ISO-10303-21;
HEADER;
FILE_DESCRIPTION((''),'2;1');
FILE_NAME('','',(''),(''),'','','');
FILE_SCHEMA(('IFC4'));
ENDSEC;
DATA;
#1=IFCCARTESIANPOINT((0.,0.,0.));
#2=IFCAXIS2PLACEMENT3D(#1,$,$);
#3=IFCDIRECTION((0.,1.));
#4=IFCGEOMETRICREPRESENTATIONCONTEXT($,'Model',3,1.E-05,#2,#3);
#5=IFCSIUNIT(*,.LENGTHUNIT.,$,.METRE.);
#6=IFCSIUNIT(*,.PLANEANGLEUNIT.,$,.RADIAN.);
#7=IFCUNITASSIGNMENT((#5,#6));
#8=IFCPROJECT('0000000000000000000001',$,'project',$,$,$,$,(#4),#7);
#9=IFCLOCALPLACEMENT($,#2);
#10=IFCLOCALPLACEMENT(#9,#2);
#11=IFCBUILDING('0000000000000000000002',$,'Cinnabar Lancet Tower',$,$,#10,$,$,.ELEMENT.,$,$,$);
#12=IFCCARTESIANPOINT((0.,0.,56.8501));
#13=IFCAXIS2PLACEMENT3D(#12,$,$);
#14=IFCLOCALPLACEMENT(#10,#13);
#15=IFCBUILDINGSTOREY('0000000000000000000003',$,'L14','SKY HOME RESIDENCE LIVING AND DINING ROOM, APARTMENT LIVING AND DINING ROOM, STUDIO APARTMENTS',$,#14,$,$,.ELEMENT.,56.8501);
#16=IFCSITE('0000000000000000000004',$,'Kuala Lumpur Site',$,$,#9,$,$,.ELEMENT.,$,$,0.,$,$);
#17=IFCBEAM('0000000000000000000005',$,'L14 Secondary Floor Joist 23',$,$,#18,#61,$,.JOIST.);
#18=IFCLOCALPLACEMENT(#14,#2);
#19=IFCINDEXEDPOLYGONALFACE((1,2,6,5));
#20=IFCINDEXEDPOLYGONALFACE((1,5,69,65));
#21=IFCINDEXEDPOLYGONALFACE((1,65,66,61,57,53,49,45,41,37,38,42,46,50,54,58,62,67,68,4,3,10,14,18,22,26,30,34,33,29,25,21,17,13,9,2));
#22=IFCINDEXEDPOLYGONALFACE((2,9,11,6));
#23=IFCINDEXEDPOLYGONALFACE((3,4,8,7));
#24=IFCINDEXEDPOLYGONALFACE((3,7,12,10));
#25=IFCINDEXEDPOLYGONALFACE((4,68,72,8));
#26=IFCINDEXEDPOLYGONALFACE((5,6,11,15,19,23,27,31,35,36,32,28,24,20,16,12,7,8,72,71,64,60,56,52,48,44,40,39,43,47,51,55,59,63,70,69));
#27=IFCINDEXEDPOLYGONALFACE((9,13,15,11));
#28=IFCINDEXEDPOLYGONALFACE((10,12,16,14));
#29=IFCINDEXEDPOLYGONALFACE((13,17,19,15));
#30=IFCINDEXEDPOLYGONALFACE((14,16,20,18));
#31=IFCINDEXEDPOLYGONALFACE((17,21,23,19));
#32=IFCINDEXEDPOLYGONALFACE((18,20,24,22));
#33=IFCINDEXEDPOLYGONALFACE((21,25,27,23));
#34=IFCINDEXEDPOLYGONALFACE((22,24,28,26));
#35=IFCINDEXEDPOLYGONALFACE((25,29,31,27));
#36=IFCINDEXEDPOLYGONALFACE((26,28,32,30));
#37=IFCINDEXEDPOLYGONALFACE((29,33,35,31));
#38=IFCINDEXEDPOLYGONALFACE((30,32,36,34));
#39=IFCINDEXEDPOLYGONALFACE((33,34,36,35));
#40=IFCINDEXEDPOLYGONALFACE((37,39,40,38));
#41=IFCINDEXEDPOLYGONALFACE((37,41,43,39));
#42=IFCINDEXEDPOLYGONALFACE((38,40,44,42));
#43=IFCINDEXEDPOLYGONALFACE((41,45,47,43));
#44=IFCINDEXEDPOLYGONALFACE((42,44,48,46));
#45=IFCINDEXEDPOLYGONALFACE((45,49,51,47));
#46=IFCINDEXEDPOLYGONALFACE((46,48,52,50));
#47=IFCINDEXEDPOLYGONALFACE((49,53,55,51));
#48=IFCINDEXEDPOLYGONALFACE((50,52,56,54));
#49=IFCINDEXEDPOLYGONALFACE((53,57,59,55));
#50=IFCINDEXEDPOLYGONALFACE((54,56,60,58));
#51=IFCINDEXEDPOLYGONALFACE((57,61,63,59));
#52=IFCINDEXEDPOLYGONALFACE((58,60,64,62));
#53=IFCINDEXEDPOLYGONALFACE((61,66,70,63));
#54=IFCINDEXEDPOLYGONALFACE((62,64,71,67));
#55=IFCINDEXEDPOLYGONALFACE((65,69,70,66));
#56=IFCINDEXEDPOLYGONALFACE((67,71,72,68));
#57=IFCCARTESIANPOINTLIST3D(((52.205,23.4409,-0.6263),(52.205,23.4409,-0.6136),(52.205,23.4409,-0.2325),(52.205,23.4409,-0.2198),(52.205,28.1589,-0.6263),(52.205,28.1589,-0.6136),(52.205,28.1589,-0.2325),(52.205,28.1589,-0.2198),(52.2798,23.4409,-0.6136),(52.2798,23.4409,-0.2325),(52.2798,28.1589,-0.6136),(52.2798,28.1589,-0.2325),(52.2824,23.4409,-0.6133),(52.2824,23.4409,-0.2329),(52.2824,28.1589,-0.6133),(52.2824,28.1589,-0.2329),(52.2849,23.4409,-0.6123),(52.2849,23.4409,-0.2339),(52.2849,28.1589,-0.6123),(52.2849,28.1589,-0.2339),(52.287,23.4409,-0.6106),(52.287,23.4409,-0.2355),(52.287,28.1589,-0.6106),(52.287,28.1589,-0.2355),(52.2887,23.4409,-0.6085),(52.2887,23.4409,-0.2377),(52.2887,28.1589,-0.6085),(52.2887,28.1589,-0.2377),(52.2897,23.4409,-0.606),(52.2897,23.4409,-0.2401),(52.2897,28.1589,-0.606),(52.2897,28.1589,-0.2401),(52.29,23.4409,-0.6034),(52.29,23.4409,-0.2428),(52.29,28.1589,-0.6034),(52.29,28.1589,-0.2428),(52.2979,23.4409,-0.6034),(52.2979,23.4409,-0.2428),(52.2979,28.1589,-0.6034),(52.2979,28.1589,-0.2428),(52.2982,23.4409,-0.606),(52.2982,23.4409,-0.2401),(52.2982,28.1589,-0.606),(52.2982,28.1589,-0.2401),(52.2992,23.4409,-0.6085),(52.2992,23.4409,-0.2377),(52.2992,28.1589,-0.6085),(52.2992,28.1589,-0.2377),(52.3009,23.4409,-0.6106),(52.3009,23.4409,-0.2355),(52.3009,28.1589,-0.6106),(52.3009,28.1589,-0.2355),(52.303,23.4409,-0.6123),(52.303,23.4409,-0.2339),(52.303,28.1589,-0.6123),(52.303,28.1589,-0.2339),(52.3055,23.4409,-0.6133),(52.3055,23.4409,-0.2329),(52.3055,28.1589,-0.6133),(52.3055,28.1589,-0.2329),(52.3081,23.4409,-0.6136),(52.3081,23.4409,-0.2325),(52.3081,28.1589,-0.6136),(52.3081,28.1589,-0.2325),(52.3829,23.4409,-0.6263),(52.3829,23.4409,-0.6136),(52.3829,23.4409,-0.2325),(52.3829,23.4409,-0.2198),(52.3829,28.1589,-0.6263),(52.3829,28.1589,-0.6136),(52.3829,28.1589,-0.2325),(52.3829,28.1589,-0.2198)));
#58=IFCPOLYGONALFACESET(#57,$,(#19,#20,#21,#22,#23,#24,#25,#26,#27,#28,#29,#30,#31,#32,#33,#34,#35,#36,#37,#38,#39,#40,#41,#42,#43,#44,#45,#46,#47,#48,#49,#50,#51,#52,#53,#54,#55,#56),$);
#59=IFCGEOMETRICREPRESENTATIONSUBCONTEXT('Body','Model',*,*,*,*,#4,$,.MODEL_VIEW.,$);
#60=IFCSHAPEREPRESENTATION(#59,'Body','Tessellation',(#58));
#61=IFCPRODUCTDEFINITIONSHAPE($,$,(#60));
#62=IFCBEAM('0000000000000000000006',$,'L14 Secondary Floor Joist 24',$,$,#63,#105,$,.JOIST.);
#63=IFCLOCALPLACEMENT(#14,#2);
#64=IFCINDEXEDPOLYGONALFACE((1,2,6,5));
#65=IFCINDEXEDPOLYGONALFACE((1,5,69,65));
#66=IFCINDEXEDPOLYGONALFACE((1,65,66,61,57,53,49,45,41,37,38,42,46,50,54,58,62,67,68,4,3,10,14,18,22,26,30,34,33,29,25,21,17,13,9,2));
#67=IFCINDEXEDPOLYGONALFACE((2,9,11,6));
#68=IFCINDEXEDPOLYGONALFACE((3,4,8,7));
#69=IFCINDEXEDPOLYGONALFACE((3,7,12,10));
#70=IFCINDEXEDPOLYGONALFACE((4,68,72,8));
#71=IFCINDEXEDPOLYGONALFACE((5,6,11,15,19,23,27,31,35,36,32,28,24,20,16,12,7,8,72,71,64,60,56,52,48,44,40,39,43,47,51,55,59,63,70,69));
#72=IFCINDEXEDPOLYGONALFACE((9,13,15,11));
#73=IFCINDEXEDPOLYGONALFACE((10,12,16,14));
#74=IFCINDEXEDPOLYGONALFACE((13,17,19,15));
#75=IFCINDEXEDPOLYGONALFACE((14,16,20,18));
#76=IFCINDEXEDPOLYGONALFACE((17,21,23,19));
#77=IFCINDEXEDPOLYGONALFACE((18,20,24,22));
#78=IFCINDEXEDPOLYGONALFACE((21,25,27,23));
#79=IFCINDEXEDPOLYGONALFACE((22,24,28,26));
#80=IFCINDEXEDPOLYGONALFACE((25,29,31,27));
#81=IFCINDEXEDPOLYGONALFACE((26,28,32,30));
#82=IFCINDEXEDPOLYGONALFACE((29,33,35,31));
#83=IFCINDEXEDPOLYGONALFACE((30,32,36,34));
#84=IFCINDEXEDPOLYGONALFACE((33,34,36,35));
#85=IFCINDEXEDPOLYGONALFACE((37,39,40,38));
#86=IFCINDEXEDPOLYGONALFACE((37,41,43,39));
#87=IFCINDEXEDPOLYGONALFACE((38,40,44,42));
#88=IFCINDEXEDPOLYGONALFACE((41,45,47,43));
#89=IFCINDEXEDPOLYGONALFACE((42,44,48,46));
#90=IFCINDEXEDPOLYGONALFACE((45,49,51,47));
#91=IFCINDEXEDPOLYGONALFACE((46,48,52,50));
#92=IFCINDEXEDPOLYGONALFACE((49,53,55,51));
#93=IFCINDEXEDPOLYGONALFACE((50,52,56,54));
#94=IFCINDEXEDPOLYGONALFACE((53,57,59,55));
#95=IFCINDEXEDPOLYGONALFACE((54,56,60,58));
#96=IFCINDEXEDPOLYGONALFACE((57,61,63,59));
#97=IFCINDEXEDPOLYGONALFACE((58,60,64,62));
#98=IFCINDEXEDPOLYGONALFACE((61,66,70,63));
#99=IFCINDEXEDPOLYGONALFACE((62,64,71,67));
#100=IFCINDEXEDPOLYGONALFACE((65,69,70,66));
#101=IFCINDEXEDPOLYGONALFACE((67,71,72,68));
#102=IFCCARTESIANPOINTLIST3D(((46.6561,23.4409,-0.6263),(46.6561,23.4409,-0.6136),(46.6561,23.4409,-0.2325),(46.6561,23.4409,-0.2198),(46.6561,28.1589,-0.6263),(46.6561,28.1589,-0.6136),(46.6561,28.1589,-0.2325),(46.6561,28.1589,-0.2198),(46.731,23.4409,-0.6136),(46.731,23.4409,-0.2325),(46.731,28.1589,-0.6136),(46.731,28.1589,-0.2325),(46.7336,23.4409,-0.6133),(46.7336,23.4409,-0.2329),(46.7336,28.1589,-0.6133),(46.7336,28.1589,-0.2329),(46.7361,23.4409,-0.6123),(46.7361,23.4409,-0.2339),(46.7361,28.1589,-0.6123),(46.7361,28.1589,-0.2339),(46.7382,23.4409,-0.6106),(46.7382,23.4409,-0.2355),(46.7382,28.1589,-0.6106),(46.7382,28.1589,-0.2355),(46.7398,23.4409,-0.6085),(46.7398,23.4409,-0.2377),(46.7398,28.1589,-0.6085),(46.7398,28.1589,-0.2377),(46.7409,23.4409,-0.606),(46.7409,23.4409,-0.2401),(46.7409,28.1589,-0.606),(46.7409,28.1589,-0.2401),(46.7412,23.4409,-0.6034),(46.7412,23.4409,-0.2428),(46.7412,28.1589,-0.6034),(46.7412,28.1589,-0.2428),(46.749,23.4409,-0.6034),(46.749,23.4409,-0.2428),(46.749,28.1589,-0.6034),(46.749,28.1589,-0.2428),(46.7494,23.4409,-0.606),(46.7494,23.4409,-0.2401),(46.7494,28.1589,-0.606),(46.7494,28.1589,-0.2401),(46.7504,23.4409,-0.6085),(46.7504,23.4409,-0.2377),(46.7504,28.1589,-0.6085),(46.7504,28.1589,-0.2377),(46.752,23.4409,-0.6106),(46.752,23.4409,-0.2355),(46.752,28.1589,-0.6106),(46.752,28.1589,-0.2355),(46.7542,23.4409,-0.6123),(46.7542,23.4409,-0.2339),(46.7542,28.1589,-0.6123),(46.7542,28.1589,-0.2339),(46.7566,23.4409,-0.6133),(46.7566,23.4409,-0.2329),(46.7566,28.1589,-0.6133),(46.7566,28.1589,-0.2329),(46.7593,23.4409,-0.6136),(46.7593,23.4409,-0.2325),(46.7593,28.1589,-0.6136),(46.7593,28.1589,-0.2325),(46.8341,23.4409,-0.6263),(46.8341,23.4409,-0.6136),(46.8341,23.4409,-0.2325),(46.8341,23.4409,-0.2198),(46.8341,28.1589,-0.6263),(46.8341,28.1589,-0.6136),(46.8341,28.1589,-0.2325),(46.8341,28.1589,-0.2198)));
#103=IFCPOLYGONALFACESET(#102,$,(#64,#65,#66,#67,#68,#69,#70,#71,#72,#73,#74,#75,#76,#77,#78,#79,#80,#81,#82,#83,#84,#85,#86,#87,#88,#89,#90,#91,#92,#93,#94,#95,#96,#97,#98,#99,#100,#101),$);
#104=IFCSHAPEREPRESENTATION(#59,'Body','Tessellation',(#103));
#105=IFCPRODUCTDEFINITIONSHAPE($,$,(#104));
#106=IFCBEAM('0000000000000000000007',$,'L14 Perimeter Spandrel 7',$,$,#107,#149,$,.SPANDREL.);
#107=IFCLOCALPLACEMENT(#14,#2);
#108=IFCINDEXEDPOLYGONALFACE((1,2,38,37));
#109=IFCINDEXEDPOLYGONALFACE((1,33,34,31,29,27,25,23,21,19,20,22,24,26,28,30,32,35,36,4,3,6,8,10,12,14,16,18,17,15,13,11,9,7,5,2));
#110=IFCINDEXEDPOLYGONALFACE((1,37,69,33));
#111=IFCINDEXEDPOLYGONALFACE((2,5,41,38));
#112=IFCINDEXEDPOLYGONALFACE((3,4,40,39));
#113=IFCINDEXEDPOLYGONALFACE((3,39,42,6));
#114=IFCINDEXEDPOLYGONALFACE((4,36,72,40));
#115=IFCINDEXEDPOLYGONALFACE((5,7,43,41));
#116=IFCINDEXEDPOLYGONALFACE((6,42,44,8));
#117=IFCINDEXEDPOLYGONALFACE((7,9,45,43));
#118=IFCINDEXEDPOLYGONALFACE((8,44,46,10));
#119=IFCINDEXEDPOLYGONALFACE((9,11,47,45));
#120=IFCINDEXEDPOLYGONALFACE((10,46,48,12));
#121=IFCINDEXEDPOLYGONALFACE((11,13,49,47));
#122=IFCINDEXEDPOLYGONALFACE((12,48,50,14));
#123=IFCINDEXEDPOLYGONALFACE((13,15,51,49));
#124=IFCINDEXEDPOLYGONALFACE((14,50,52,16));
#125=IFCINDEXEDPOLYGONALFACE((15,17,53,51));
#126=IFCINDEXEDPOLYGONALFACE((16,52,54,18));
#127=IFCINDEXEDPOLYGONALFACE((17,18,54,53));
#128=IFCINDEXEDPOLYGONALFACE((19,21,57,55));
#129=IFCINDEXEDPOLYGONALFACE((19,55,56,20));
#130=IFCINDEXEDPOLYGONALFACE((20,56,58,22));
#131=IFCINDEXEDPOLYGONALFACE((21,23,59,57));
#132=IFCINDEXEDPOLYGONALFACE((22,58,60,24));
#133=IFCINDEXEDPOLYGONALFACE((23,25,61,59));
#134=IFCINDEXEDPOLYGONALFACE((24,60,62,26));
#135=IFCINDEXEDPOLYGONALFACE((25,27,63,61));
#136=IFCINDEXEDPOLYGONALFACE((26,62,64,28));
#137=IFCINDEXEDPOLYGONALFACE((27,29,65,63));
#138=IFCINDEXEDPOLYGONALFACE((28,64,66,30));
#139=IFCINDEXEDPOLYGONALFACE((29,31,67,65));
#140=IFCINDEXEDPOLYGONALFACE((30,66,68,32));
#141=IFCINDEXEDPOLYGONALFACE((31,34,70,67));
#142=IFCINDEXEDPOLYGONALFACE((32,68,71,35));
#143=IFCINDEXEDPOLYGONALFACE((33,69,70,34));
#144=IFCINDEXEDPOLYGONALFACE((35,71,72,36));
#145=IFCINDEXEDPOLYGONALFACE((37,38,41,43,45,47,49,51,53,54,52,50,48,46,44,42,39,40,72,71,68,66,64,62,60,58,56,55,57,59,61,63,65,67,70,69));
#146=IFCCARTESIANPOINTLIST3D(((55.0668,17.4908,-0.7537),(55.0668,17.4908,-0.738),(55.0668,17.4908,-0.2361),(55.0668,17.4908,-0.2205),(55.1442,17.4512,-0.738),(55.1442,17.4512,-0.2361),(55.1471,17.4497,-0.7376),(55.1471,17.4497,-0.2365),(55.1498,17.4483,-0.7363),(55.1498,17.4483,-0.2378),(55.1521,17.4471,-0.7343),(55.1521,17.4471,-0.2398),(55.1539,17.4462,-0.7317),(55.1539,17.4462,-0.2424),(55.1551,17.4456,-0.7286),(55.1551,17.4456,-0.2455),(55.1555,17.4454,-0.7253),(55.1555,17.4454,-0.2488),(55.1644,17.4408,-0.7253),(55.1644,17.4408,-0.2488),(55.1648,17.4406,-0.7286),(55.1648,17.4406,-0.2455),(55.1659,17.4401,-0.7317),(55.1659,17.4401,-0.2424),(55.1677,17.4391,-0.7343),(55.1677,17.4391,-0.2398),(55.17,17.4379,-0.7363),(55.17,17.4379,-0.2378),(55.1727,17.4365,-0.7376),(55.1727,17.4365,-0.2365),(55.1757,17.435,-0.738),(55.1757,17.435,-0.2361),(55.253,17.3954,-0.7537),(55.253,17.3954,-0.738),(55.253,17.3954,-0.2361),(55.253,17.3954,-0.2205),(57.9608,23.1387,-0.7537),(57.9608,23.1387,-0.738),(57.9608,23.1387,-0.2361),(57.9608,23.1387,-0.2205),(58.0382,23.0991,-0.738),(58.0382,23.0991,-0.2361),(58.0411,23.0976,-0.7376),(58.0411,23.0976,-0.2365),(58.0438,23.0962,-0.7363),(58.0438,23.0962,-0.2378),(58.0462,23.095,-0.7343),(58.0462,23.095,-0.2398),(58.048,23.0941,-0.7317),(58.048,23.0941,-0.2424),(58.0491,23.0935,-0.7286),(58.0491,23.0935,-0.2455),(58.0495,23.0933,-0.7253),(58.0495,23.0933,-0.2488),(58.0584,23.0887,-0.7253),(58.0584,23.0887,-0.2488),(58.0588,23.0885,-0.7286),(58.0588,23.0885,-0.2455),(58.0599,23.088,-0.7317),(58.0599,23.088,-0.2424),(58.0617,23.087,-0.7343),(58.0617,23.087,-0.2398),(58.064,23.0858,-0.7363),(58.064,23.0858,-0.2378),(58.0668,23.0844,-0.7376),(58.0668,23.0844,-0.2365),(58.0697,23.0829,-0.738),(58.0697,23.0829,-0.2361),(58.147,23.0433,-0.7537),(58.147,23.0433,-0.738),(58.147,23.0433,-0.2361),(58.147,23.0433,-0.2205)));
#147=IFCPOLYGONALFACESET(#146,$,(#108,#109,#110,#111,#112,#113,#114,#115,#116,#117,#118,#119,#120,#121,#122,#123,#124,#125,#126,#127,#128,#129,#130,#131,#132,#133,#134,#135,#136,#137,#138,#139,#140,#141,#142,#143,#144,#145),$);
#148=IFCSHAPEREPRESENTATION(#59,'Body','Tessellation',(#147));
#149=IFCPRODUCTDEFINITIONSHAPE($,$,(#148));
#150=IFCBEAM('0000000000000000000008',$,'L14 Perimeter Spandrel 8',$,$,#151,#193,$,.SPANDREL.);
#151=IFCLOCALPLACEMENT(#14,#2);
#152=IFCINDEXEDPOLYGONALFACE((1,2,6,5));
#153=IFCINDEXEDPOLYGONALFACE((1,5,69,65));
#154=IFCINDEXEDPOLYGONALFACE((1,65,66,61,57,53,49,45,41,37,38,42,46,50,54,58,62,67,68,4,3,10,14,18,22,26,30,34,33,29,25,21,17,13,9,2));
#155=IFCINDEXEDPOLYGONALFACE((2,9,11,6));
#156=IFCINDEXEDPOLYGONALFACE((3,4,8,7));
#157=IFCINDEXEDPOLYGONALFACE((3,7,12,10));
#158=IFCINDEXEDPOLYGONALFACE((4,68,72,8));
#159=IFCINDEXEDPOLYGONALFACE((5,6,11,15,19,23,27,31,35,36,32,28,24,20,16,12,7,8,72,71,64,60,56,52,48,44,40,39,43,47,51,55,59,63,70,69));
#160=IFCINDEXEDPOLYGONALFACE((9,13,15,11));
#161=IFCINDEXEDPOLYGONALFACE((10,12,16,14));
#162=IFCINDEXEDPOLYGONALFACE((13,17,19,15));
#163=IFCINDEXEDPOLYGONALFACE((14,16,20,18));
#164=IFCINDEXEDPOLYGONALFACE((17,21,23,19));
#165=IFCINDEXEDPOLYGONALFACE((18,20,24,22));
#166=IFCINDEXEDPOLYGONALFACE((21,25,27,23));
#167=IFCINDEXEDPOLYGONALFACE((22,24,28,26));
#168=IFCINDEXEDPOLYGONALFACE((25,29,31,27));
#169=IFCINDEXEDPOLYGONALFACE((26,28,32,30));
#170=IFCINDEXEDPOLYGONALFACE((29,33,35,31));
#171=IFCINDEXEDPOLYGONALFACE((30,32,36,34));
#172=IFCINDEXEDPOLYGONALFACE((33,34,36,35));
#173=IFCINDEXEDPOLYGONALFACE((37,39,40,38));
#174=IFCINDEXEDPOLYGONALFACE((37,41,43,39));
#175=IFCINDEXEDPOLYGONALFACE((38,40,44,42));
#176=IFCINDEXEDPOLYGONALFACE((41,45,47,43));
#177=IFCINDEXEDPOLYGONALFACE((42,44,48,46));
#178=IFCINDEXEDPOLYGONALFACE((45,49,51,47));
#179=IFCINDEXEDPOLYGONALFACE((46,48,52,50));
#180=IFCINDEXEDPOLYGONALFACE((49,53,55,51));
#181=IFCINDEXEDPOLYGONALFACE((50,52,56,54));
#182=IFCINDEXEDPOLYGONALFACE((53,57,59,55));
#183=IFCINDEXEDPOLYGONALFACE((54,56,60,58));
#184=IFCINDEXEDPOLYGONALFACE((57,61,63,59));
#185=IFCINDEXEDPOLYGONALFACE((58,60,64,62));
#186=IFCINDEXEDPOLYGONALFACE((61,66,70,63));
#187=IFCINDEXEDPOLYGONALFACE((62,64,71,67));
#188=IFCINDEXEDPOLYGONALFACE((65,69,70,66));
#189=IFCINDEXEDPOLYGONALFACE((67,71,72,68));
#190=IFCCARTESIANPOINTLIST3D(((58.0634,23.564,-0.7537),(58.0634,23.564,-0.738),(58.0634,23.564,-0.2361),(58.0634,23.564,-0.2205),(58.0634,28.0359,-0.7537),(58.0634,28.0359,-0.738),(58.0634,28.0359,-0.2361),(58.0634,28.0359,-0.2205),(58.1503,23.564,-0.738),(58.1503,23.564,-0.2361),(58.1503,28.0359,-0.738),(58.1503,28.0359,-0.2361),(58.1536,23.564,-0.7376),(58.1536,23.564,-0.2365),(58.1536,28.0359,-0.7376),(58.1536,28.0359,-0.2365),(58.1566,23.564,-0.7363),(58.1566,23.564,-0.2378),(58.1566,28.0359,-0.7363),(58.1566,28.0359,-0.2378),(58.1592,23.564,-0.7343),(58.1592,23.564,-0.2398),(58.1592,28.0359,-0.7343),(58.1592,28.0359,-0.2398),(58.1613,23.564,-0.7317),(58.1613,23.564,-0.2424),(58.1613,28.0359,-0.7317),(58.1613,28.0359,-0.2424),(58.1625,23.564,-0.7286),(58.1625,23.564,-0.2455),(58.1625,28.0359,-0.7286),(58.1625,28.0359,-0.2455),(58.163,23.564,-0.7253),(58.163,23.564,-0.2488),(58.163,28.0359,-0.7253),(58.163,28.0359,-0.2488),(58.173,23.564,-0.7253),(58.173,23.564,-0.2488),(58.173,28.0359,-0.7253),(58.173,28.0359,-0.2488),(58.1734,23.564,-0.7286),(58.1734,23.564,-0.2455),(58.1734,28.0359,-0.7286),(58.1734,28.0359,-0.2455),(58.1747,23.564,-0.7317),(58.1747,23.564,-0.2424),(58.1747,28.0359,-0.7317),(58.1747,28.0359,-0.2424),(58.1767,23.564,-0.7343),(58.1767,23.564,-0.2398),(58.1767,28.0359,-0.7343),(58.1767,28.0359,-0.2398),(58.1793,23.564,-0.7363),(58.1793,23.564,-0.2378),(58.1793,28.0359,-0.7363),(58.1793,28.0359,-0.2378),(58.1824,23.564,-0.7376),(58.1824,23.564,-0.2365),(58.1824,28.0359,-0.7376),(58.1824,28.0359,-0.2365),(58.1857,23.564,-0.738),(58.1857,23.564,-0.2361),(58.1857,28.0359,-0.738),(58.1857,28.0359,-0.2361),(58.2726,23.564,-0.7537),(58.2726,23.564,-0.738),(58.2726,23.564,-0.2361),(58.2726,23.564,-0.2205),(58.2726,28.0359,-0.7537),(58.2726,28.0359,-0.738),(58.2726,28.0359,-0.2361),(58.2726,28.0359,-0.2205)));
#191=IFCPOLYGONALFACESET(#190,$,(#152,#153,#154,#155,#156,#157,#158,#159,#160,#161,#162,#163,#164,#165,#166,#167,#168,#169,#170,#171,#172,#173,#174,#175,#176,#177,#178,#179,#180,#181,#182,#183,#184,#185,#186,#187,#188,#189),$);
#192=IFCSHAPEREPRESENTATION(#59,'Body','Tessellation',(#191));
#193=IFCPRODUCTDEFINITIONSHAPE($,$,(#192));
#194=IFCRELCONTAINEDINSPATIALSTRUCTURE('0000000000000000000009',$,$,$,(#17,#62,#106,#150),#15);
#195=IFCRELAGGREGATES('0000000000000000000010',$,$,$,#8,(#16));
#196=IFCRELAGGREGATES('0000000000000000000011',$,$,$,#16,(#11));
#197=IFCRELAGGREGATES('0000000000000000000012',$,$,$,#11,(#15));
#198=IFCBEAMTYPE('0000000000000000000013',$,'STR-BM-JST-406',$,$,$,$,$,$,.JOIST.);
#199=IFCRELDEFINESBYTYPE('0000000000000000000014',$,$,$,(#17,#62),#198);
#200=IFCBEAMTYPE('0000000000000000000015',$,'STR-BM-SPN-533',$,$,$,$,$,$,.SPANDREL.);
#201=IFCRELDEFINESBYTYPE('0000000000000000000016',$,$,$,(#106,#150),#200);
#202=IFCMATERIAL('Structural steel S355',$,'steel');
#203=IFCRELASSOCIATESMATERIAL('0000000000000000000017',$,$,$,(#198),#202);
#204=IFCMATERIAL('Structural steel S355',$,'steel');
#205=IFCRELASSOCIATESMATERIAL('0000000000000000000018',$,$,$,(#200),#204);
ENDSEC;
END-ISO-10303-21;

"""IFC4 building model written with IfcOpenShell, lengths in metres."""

from ifc_helpers import new_model, si_unit, direction, frame, origin, origin_2d, place, context, subcontext, project, spatial, i_section, extrude, material, material_profile, profile_set, type_object, element, save


model = new_model("IFC4")

# Units and contexts
model_context = context("Model", 3, precision=1e-05, world=origin(), true_north=direction((0.0, 1.0)))
body_context = subcontext(model_context, "Body", "Model", "MODEL_VIEW")
ifc_project = project(units=[si_unit("LENGTHUNIT", "METRE"), si_unit("PLANEANGLEUNIT", "RADIAN")], contexts=[model_context])

# Site, building, storey
site_placement = place(None, origin())
site = spatial("IfcSite", under=ifc_project, at=site_placement, Name="Kuala Lumpur Site", CompositionType="ELEMENT", RefElevation=0.0)
building_placement = place(site_placement, origin())
building = spatial("IfcBuilding", under=site, at=building_placement, Name="Cinnabar Lancet Tower", CompositionType="ELEMENT")
storey_placement = place(building_placement, frame((0.0, 0.0, 56.8501)))
storey = spatial("IfcBuildingStorey", under=building, at=storey_placement, Name="L14", Description="SKY HOME RESIDENCE LIVING AND DINING ROOM, APARTMENT LIVING AND DINING ROOM, STUDIO APARTMENTS", CompositionType="ELEMENT", Elevation=56.8501)

# Beams
ifc_material_1 = material(Name="Structural steel S355", Category="steel")
ifc_material_profile_1 = material_profile(ifc_material_1, i_section(OverallWidth=0.178, OverallDepth=0.4065, WebThickness=0.0078, FlangeThickness=0.0127, FilletRadius=0.0103, at=origin_2d()), Name="UKB 406x178x60")
ifc_profile_set_1 = profile_set([ifc_material_profile_1], Name="Structural steel S355")
beam_type_1 = type_object("IfcBeamType", Name="STR-BM-JST-406", PredefinedType="JOIST", material=ifc_profile_set_1)
for number, where, z_axis, x_axis, name in (
    (1, (52.2939, 23.4409, -0.4231), (0.0, 1.0, 0.0), (-1.0, 0.0, 0.0), "L14 Secondary Floor Joist 23"),
    (2, (46.7451, 23.4409, -0.4231), (0.0, 1.0, 0.0), (-1.0, 0.0, 0.0), "L14 Secondary Floor Joist 24"),
):
    element("IfcBeam", number, at=place(storey_placement, frame(where, z_axis=z_axis, x_axis=x_axis)), inside=storey, type_object=beam_type_1, Name=name, PredefinedType="JOIST", context=body_context, shape_type="SweptSolid", body=[
        extrude(i_section(OverallWidth=0.178, OverallDepth=0.4065, WebThickness=0.0078, FlangeThickness=0.0127, FilletRadius=0.0103, at=origin_2d()), origin(), (0.0, 0.0, 1.0), 4.718),
    ])
ifc_material_2 = material(Name="Structural steel S355", Category="steel")
ifc_material_profile_2 = material_profile(ifc_material_2, i_section(OverallWidth=0.2092, OverallDepth=0.5332, WebThickness=0.01, FlangeThickness=0.0156, FilletRadius=0.0127, at=origin_2d()), Name="UKB 533x210x92")
ifc_profile_set_2 = profile_set([ifc_material_profile_2], Name="Structural steel S355")
beam_type_2 = type_object("IfcBeamType", Name="STR-BM-SPN-533", PredefinedType="SPANDREL", material=ifc_profile_set_2)
beam_1_placement = place(storey_placement, frame((55.1599, 17.4431, -0.4871), z_axis=(0.456025, 0.889967, 0.0), x_axis=(-0.889967, 0.456025, 0.0)))
element("IfcBeam", 3, at=beam_1_placement, inside=storey, type_object=beam_type_2, Name="L14 Perimeter Spandrel 7", PredefinedType="SPANDREL", context=body_context, shape_type="SweptSolid", body=[
    extrude(i_section(OverallWidth=0.2092, OverallDepth=0.5332, WebThickness=0.01, FlangeThickness=0.0156, FilletRadius=0.0127, at=origin_2d()), origin(), (0.0, 0.0, 1.0), 6.3462),
])
beam_2_placement = place(storey_placement, frame((58.168, 23.564, -0.4871), z_axis=(0.0, 1.0, 0.0), x_axis=(-1.0, 0.0, 0.0)))
element("IfcBeam", 4, at=beam_2_placement, inside=storey, type_object=beam_type_2, Name="L14 Perimeter Spandrel 8", PredefinedType="SPANDREL", context=body_context, shape_type="SweptSolid", body=[
    extrude(i_section(OverallWidth=0.2092, OverallDepth=0.5332, WebThickness=0.01, FlangeThickness=0.0156, FilletRadius=0.0127, at=origin_2d()), origin(), (0.0, 0.0, 1.0), 4.4719),
])

save(model, "model.ifc")
